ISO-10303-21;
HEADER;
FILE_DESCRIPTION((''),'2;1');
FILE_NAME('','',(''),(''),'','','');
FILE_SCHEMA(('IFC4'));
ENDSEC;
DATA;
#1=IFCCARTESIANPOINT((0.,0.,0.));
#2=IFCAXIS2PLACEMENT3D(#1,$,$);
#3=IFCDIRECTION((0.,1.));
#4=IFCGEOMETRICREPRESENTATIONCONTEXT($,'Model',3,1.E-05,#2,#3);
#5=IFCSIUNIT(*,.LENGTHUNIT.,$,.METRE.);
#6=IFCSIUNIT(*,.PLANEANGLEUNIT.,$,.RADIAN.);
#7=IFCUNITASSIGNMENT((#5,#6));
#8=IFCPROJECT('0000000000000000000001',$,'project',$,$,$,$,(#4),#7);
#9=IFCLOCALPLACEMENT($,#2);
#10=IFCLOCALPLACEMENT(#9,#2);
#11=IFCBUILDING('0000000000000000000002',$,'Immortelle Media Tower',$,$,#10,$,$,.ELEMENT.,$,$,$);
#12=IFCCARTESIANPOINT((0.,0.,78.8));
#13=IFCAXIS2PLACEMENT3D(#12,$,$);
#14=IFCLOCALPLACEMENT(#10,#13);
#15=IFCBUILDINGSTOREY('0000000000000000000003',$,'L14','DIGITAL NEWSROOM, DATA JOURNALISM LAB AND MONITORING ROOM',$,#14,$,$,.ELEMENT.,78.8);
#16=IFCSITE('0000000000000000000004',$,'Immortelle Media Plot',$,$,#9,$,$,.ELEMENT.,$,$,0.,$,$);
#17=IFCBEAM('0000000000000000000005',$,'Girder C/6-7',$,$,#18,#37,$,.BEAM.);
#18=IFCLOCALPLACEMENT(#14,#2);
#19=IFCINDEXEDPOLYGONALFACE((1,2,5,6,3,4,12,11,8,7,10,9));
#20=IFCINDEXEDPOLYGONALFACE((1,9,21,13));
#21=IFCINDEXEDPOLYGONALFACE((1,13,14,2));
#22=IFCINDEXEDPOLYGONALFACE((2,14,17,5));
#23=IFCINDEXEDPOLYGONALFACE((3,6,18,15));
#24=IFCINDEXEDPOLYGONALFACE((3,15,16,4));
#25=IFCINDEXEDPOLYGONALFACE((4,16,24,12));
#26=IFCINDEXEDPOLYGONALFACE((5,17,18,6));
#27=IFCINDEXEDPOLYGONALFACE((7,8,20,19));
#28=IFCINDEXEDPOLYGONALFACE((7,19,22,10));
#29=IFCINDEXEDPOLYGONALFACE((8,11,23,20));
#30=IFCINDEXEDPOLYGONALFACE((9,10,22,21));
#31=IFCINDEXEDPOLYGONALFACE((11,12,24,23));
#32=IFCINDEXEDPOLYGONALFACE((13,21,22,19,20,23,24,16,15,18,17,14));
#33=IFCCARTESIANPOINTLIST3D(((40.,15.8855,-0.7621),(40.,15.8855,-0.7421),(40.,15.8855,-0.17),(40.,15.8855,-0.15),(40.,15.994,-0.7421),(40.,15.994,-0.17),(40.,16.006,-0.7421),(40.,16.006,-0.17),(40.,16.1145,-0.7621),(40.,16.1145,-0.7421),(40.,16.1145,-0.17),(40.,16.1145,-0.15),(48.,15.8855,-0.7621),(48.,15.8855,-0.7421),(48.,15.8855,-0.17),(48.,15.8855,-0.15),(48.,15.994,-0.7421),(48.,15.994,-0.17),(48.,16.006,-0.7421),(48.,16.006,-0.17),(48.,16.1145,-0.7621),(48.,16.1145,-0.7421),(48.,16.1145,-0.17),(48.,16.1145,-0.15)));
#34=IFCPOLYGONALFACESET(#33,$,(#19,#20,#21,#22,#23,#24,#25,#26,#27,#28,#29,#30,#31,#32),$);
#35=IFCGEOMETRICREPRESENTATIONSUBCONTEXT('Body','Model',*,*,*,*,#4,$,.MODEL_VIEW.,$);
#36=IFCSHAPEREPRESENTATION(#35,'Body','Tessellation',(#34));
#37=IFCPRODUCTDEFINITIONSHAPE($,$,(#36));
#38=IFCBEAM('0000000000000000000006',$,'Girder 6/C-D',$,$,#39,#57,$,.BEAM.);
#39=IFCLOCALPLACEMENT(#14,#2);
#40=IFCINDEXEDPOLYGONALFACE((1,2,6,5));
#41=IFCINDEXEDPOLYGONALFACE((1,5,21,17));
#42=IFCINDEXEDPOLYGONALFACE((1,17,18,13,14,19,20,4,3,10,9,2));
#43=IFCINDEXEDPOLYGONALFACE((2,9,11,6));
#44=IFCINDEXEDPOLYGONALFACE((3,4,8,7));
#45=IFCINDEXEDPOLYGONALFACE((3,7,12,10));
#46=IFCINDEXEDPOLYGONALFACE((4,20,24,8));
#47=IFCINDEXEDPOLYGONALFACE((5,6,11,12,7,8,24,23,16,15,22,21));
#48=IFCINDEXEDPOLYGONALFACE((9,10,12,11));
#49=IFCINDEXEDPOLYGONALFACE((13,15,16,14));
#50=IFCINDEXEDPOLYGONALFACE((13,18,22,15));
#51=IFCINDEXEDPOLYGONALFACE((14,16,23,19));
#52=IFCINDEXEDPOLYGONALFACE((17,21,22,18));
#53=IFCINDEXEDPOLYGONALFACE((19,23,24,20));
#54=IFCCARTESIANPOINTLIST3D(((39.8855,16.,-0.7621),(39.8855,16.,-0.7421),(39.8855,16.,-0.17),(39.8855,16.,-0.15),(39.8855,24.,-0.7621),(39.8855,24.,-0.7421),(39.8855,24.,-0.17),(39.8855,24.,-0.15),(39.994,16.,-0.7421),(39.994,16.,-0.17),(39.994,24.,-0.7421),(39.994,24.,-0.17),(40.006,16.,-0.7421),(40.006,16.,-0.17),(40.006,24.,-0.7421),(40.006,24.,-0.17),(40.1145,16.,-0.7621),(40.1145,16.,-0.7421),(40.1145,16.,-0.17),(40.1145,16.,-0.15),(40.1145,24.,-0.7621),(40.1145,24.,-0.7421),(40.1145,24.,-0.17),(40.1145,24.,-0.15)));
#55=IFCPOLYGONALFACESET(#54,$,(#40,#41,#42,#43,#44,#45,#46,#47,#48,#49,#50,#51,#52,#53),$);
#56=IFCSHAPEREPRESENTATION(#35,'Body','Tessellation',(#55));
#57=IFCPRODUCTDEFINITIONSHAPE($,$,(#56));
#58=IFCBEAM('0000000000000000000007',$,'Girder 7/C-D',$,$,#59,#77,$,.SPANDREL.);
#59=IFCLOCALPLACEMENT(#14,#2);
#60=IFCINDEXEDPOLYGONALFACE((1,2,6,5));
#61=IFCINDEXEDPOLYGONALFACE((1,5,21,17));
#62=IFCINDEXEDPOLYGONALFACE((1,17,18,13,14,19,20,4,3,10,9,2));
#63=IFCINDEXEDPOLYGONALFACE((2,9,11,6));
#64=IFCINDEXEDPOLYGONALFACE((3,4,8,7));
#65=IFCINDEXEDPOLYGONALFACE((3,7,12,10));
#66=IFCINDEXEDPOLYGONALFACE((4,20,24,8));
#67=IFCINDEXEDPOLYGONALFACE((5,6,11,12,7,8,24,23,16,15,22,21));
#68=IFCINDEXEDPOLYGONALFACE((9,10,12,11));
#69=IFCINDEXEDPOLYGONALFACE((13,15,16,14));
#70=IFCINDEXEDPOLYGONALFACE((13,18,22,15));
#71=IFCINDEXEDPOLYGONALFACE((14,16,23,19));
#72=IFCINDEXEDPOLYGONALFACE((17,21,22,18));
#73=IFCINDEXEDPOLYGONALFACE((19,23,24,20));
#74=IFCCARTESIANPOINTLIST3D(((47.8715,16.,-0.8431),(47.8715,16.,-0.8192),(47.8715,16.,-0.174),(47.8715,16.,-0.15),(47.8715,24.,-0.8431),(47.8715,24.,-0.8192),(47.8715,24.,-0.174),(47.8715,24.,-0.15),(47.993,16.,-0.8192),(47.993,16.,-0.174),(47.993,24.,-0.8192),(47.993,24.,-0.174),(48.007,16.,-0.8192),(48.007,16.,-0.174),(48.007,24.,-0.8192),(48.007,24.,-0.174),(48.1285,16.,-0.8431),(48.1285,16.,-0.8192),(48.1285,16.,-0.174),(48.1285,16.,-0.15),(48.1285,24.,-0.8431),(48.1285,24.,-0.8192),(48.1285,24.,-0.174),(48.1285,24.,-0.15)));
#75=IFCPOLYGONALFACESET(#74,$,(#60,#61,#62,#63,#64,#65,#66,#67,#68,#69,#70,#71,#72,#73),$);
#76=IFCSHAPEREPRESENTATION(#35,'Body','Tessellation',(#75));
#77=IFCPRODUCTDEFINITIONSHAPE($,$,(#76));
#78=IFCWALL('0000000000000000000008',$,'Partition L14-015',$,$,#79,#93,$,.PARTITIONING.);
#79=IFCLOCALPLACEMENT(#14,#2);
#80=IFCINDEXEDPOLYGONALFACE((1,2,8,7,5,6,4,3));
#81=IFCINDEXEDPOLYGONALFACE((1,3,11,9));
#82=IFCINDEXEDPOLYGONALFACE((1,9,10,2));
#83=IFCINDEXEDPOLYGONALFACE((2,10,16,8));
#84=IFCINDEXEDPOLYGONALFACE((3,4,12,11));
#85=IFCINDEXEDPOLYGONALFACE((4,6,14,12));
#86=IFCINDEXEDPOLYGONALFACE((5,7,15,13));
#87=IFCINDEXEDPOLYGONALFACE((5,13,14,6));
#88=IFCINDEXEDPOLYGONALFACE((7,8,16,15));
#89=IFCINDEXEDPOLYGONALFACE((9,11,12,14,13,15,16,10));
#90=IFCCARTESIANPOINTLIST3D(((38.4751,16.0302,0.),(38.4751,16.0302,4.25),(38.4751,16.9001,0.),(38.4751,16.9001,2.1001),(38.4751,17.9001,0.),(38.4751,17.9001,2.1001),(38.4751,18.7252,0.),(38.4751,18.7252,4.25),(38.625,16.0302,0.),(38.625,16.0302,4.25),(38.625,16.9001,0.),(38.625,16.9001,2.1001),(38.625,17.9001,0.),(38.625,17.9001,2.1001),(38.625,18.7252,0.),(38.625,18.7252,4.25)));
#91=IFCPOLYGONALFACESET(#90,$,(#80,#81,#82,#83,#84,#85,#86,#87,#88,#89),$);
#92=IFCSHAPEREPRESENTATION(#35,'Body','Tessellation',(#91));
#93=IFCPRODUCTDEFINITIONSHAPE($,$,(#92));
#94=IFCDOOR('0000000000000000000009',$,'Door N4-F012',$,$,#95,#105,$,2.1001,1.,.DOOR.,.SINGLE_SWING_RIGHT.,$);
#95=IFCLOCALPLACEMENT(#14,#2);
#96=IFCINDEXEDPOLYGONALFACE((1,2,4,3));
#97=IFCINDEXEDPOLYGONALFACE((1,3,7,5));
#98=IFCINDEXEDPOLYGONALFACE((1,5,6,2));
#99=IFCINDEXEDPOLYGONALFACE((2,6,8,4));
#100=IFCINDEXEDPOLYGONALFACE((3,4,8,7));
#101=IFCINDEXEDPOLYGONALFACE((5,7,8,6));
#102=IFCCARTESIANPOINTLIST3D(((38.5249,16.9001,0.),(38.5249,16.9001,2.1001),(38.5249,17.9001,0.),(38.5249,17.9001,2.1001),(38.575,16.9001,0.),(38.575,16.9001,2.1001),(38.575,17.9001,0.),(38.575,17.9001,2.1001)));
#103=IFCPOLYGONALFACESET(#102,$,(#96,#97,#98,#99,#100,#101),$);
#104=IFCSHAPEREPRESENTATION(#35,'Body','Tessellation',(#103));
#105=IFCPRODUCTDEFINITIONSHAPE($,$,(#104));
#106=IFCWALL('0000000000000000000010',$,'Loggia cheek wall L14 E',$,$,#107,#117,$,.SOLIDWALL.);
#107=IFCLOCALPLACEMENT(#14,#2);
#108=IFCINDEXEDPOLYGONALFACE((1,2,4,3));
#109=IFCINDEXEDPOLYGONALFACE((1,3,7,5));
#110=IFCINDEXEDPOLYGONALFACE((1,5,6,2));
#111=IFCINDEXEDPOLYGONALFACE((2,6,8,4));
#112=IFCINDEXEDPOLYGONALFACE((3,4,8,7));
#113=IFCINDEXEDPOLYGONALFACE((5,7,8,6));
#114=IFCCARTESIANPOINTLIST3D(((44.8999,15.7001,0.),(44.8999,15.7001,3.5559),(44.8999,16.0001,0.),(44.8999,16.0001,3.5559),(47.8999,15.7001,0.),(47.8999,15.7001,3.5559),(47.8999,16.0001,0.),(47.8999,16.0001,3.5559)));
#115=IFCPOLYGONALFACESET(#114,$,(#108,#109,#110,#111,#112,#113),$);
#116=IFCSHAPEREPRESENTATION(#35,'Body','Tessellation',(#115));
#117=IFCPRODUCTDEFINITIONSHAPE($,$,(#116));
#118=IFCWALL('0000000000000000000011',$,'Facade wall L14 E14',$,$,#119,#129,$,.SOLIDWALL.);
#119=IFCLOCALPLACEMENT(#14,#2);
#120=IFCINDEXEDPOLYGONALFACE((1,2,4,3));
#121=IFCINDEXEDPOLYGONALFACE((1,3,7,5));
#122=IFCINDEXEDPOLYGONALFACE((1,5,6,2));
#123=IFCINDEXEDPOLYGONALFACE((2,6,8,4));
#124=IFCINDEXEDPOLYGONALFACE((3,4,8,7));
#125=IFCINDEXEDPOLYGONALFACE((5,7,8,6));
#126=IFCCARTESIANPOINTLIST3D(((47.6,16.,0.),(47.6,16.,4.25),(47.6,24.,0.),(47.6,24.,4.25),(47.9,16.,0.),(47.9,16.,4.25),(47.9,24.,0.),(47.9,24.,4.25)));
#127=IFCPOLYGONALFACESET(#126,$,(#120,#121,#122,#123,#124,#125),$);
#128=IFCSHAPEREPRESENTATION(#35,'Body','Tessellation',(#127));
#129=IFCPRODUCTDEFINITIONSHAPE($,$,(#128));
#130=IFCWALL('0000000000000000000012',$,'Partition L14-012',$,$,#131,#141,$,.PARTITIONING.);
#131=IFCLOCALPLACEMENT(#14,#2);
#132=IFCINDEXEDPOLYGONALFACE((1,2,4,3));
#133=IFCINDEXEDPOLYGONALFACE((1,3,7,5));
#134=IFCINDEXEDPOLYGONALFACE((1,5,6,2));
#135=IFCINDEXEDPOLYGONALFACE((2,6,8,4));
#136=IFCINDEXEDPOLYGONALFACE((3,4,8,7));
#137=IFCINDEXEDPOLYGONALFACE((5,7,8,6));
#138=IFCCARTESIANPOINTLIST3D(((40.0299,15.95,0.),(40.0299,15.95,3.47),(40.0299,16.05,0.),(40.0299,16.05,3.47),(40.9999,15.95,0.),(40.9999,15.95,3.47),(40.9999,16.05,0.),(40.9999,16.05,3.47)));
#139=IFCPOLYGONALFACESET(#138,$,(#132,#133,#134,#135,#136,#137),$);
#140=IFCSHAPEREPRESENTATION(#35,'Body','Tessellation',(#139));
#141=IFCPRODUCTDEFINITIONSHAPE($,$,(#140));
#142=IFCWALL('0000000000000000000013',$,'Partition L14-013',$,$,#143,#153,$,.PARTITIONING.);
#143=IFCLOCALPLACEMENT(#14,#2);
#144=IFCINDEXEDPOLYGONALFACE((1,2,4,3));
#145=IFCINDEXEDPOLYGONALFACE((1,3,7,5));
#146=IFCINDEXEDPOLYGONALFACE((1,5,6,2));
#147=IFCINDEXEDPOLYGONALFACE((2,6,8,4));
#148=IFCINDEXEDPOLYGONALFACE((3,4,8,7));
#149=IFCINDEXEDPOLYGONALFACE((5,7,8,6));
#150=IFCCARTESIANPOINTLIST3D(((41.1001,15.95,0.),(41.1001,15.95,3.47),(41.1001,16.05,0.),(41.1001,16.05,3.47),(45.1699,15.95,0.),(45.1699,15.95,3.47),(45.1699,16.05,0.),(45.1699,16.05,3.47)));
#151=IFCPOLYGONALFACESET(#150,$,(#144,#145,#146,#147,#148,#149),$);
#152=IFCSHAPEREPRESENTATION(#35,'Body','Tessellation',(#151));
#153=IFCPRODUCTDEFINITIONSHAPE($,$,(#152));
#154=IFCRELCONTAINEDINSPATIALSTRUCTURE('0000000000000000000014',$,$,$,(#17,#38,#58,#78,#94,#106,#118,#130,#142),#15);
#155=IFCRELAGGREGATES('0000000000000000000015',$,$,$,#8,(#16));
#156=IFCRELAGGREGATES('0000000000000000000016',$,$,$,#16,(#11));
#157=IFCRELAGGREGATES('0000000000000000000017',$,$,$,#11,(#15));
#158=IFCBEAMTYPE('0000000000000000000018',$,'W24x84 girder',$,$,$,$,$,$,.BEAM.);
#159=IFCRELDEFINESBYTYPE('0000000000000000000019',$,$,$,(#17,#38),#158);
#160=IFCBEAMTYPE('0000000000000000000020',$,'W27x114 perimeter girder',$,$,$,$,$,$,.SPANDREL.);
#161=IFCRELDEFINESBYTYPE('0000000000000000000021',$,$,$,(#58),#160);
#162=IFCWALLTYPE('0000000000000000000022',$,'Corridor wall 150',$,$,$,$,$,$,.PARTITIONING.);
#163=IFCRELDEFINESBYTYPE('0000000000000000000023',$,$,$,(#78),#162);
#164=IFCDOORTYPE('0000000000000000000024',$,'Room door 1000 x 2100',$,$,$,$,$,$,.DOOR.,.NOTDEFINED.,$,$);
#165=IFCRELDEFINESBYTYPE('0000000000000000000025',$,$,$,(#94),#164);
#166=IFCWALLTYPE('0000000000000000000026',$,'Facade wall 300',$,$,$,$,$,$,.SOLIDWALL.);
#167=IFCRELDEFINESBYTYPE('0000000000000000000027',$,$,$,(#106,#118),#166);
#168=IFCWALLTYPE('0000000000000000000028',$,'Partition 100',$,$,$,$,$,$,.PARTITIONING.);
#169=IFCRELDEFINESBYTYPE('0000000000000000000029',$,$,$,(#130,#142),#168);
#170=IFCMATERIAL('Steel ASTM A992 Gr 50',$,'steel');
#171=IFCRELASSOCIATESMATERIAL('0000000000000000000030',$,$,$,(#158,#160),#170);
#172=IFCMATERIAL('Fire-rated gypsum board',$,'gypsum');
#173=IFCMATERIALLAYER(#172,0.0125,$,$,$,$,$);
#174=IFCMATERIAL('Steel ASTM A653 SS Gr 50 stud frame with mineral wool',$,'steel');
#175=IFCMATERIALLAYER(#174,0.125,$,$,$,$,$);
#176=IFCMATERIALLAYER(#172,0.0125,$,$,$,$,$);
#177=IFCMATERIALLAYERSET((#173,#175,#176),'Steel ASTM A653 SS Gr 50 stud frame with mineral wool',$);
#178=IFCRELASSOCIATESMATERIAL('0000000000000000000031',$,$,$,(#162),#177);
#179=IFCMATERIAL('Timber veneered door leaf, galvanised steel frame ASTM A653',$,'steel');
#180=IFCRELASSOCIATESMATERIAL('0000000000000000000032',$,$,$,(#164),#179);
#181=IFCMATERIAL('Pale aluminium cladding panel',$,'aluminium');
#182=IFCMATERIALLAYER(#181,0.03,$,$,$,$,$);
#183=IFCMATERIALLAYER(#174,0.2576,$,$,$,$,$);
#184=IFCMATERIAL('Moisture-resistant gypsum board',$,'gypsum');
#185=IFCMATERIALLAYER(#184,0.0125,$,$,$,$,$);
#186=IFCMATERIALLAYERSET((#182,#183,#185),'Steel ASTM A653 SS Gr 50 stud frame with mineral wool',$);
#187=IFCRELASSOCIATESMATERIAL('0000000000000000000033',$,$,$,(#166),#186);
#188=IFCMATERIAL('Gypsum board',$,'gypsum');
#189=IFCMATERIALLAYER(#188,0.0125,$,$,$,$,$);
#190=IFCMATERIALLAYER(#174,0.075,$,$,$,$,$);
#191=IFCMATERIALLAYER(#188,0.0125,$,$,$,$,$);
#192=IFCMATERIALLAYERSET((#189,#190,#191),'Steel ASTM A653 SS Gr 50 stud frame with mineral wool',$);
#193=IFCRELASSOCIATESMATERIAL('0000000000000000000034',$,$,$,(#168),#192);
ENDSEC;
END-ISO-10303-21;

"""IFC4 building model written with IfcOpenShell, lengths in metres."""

from ifc_helpers import new_model, si_unit, direction, frame, frame_2d, origin, origin_2d, place, context, subcontext, project, spatial, rectangle, i_section, extrude, material, layer, layer_set, material_profile, profile_set, type_object, element, fill, save


model = new_model("IFC4")

# Units and contexts
model_context = context("Model", 3, precision=1e-05, world=origin(), true_north=direction((0.0, 1.0)))
body_context = subcontext(model_context, "Body", "Model", "MODEL_VIEW")
ifc_project = project(units=[si_unit("LENGTHUNIT", "METRE"), si_unit("PLANEANGLEUNIT", "RADIAN")], contexts=[model_context])

# Site, building, storey
site_placement = place(None, origin())
site = spatial("IfcSite", under=ifc_project, at=site_placement, Name="Immortelle Media Plot", CompositionType="ELEMENT", RefElevation=0.0)
building_placement = place(site_placement, origin())
building = spatial("IfcBuilding", under=site, at=building_placement, Name="Immortelle Media Tower", CompositionType="ELEMENT")
storey_placement = place(building_placement, frame((0.0, 0.0, 78.8)))
storey = spatial("IfcBuildingStorey", under=building, at=storey_placement, Name="L14", Description="DIGITAL NEWSROOM, DATA JOURNALISM LAB AND MONITORING ROOM", CompositionType="ELEMENT", Elevation=78.8)

# Shared definitions
ifc_material_1 = material(Name="Steel ASTM A992 Gr 50", Category="steel")

# Beams
ifc_material_profile_1 = material_profile(ifc_material_1, i_section(OverallWidth=0.229, OverallDepth=0.6121, WebThickness=0.012, FlangeThickness=0.02, at=origin_2d()), Name="W24x84")
ifc_profile_set_1 = profile_set([ifc_material_profile_1], Name="Steel ASTM A992 Gr 50")
beam_type_1 = type_object("IfcBeamType", Name="W24x84 girder", PredefinedType="BEAM", material=ifc_profile_set_1)
for number, where, z_axis, x_axis, name in (
    (1, (40.0, 16.0, -0.4561), (1.0, 0.0, 0.0), (0.0, 1.0, 0.0), "Girder C/6-7"),
    (2, (40.0, 16.0, -0.4561), (0.0, 1.0, 0.0), (-1.0, 0.0, 0.0), "Girder 6/C-D"),
):
    element("IfcBeam", number, at=place(storey_placement, frame(where, z_axis=z_axis, x_axis=x_axis)), inside=storey, type_object=beam_type_1, Name=name, PredefinedType="BEAM", context=body_context, shape_type="SweptSolid", body=[
        extrude(i_section(OverallWidth=0.229, OverallDepth=0.6121, WebThickness=0.012, FlangeThickness=0.02, at=origin_2d()), origin(), (0.0, 0.0, 1.0), 8.0),
    ])
ifc_material_profile_2 = material_profile(ifc_material_1, i_section(OverallWidth=0.2571, OverallDepth=0.6931, WebThickness=0.0139, FlangeThickness=0.0239, at=origin_2d()), Name="W27x114")
ifc_profile_set_2 = profile_set([ifc_material_profile_2], Name="Steel ASTM A992 Gr 50")
beam_type_2 = type_object("IfcBeamType", Name="W27x114 perimeter girder", PredefinedType="SPANDREL", material=ifc_profile_set_2)
beam_1_placement = place(storey_placement, frame((48.0, 16.0, -0.4966), z_axis=(0.0, 1.0, 0.0), x_axis=(-1.0, 0.0, 0.0)))
element("IfcBeam", 3, at=beam_1_placement, inside=storey, type_object=beam_type_2, Name="Girder 7/C-D", PredefinedType="SPANDREL", context=body_context, shape_type="SweptSolid", body=[
    extrude(i_section(OverallWidth=0.2571, OverallDepth=0.6931, WebThickness=0.0139, FlangeThickness=0.0239, at=origin_2d()), origin(), (0.0, 0.0, 1.0), 8.0),
])

# Wall, opening, door
ifc_material_2 = material(Name="Fire-rated gypsum board", Category="gypsum")
ifc_layer_1 = layer(ifc_material_2, 0.0125)
ifc_material_3 = material(Name="Steel ASTM A653 SS Gr 50 stud frame with mineral wool", Category="steel")
ifc_layer_2 = layer(ifc_material_3, 0.125)
ifc_layer_3 = layer(ifc_material_2, 0.0125)
ifc_layer_set_1 = layer_set([ifc_layer_1, ifc_layer_2, ifc_layer_3], Name="Steel ASTM A653 SS Gr 50 stud frame with mineral wool")
wall_type_1 = type_object("IfcWallType", Name="Corridor wall 150", PredefinedType="PARTITIONING", material=ifc_layer_set_1)
wall_1_placement = place(storey_placement, frame((38.55, 16.03, 0.0), z_axis=(0.0, 0.0, 1.0), x_axis=(0.0, 1.0, 0.0)))
wall_1 = element("IfcWall", 4, at=wall_1_placement, inside=storey, type_object=wall_type_1, Name="Partition L14-015", PredefinedType="PARTITIONING", context=body_context, shape_type="SweptSolid", body=[
    extrude(rectangle(XDim=2.6951, YDim=0.1499, at=frame_2d((1.3477, 0.0))), origin(), (0.0, 0.0, 1.0), 4.25),
])
opening_1_placement = place(wall_1_placement, frame((1.8701, 0.0, 0.0), z_axis=(0.0, 0.0, 1.0), x_axis=(-1.0, 0.0, 0.0)))
opening_1 = element("IfcOpeningElement", 5, at=opening_1_placement, cuts=wall_1, PredefinedType="OPENING", context=body_context, shape_type="SweptSolid", body=[
    extrude(rectangle(XDim=1.0, YDim=2.1001, at=frame_2d((0.5, 1.05))), frame((0.0, 0.085, 0.0), z_axis=(0.0, -1.0, 0.0), x_axis=(1.0, 0.0, 0.0)), (0.0, 0.0, 1.0), 0.1699),
])
ifc_material_4 = material(Name="Timber veneered door leaf, galvanised steel frame ASTM A653", Category="steel")
door_type = type_object("IfcDoorType", Name="Room door 1000 x 2100", OperationType="NOTDEFINED", PredefinedType="DOOR", material=ifc_material_4)
door_1_placement = place(opening_1_placement, origin())
door_1 = element("IfcDoor", 6, at=door_1_placement, inside=storey, type_object=door_type, Name="Door N4-F012", OperationType="SINGLE_SWING_RIGHT", OverallHeight=2.1001, OverallWidth=1.0, PredefinedType="DOOR", context=body_context, shape_type="SweptSolid", body=[
    extrude(rectangle(XDim=1.0, YDim=2.1001, at=frame_2d((0.5, 1.05))), frame((0.0, 0.0249, 0.0), z_axis=(0.0, -1.0, 0.0), x_axis=(1.0, 0.0, 0.0)), (0.0, 0.0, 1.0), 0.05),
])
fill(opening_1, door_1)

# Walls
ifc_material_5 = material(Name="Pale aluminium cladding panel", Category="aluminium")
ifc_layer_4 = layer(ifc_material_5, 0.03)
ifc_layer_5 = layer(ifc_material_3, 0.2576)
ifc_material_6 = material(Name="Moisture-resistant gypsum board", Category="gypsum")
ifc_layer_6 = layer(ifc_material_6, 0.0125)
ifc_layer_set_2 = layer_set([ifc_layer_4, ifc_layer_5, ifc_layer_6], Name="Steel ASTM A653 SS Gr 50 stud frame with mineral wool")
wall_type_2 = type_object("IfcWallType", Name="Facade wall 300", PredefinedType="SOLIDWALL", material=ifc_layer_set_2)
wall_2_placement = place(storey_placement, frame((47.8999, 15.8501, 0.0), z_axis=(0.0, 0.0, 1.0), x_axis=(-1.0, 0.0, 0.0)))
element("IfcWall", 7, at=wall_2_placement, inside=storey, type_object=wall_type_2, Name="Loggia cheek wall L14 E", PredefinedType="SOLIDWALL", context=body_context, shape_type="SweptSolid", body=[
    extrude(rectangle(XDim=3.0, YDim=0.3, at=frame_2d((1.5, 0.0))), origin(), (0.0, 0.0, 1.0), 3.5559),
])
wall_3_placement = place(storey_placement, frame((47.75, 16.0, 0.0), z_axis=(0.0, 0.0, 1.0), x_axis=(0.0, 1.0, 0.0)))
element("IfcWall", 8, at=wall_3_placement, inside=storey, type_object=wall_type_2, Name="Facade wall L14 E14", PredefinedType="SOLIDWALL", context=body_context, shape_type="SweptSolid", body=[
    extrude(rectangle(XDim=8.0, YDim=0.3, at=frame_2d((4.0, 0.0))), origin(), (0.0, 0.0, 1.0), 4.25),
])
ifc_material_7 = material(Name="Gypsum board", Category="gypsum")
ifc_layer_7 = layer(ifc_material_7, 0.0125)
ifc_layer_8 = layer(ifc_material_3, 0.075)
ifc_layer_9 = layer(ifc_material_7, 0.0125)
ifc_layer_set_3 = layer_set([ifc_layer_7, ifc_layer_8, ifc_layer_9], Name="Steel ASTM A653 SS Gr 50 stud frame with mineral wool")
wall_type_3 = type_object("IfcWallType", Name="Partition 100", PredefinedType="PARTITIONING", material=ifc_layer_set_3)
wall_4_placement = place(storey_placement, frame((40.03, 16.0, 0.0), z_axis=(0.0, 0.0, 1.0), x_axis=(1.0, 0.0, 0.0)))
element("IfcWall", 9, at=wall_4_placement, inside=storey, type_object=wall_type_3, Name="Partition L14-012", PredefinedType="PARTITIONING", context=body_context, shape_type="SweptSolid", body=[
    extrude(rectangle(XDim=0.97, YDim=0.1001, at=frame_2d((0.4849, 0.0))), origin(), (0.0, 0.0, 1.0), 3.47),
])
wall_5_placement = place(storey_placement, frame((41.1001, 16.0, 0.0), z_axis=(0.0, 0.0, 1.0), x_axis=(1.0, 0.0, 0.0)))
element("IfcWall", 10, at=wall_5_placement, inside=storey, type_object=wall_type_3, Name="Partition L14-013", PredefinedType="PARTITIONING", context=body_context, shape_type="SweptSolid", body=[
    extrude(rectangle(XDim=4.0698, YDim=0.1001, at=frame_2d((2.0349, 0.0))), origin(), (0.0, 0.0, 1.0), 3.47),
])

save(model, "model.ifc")
